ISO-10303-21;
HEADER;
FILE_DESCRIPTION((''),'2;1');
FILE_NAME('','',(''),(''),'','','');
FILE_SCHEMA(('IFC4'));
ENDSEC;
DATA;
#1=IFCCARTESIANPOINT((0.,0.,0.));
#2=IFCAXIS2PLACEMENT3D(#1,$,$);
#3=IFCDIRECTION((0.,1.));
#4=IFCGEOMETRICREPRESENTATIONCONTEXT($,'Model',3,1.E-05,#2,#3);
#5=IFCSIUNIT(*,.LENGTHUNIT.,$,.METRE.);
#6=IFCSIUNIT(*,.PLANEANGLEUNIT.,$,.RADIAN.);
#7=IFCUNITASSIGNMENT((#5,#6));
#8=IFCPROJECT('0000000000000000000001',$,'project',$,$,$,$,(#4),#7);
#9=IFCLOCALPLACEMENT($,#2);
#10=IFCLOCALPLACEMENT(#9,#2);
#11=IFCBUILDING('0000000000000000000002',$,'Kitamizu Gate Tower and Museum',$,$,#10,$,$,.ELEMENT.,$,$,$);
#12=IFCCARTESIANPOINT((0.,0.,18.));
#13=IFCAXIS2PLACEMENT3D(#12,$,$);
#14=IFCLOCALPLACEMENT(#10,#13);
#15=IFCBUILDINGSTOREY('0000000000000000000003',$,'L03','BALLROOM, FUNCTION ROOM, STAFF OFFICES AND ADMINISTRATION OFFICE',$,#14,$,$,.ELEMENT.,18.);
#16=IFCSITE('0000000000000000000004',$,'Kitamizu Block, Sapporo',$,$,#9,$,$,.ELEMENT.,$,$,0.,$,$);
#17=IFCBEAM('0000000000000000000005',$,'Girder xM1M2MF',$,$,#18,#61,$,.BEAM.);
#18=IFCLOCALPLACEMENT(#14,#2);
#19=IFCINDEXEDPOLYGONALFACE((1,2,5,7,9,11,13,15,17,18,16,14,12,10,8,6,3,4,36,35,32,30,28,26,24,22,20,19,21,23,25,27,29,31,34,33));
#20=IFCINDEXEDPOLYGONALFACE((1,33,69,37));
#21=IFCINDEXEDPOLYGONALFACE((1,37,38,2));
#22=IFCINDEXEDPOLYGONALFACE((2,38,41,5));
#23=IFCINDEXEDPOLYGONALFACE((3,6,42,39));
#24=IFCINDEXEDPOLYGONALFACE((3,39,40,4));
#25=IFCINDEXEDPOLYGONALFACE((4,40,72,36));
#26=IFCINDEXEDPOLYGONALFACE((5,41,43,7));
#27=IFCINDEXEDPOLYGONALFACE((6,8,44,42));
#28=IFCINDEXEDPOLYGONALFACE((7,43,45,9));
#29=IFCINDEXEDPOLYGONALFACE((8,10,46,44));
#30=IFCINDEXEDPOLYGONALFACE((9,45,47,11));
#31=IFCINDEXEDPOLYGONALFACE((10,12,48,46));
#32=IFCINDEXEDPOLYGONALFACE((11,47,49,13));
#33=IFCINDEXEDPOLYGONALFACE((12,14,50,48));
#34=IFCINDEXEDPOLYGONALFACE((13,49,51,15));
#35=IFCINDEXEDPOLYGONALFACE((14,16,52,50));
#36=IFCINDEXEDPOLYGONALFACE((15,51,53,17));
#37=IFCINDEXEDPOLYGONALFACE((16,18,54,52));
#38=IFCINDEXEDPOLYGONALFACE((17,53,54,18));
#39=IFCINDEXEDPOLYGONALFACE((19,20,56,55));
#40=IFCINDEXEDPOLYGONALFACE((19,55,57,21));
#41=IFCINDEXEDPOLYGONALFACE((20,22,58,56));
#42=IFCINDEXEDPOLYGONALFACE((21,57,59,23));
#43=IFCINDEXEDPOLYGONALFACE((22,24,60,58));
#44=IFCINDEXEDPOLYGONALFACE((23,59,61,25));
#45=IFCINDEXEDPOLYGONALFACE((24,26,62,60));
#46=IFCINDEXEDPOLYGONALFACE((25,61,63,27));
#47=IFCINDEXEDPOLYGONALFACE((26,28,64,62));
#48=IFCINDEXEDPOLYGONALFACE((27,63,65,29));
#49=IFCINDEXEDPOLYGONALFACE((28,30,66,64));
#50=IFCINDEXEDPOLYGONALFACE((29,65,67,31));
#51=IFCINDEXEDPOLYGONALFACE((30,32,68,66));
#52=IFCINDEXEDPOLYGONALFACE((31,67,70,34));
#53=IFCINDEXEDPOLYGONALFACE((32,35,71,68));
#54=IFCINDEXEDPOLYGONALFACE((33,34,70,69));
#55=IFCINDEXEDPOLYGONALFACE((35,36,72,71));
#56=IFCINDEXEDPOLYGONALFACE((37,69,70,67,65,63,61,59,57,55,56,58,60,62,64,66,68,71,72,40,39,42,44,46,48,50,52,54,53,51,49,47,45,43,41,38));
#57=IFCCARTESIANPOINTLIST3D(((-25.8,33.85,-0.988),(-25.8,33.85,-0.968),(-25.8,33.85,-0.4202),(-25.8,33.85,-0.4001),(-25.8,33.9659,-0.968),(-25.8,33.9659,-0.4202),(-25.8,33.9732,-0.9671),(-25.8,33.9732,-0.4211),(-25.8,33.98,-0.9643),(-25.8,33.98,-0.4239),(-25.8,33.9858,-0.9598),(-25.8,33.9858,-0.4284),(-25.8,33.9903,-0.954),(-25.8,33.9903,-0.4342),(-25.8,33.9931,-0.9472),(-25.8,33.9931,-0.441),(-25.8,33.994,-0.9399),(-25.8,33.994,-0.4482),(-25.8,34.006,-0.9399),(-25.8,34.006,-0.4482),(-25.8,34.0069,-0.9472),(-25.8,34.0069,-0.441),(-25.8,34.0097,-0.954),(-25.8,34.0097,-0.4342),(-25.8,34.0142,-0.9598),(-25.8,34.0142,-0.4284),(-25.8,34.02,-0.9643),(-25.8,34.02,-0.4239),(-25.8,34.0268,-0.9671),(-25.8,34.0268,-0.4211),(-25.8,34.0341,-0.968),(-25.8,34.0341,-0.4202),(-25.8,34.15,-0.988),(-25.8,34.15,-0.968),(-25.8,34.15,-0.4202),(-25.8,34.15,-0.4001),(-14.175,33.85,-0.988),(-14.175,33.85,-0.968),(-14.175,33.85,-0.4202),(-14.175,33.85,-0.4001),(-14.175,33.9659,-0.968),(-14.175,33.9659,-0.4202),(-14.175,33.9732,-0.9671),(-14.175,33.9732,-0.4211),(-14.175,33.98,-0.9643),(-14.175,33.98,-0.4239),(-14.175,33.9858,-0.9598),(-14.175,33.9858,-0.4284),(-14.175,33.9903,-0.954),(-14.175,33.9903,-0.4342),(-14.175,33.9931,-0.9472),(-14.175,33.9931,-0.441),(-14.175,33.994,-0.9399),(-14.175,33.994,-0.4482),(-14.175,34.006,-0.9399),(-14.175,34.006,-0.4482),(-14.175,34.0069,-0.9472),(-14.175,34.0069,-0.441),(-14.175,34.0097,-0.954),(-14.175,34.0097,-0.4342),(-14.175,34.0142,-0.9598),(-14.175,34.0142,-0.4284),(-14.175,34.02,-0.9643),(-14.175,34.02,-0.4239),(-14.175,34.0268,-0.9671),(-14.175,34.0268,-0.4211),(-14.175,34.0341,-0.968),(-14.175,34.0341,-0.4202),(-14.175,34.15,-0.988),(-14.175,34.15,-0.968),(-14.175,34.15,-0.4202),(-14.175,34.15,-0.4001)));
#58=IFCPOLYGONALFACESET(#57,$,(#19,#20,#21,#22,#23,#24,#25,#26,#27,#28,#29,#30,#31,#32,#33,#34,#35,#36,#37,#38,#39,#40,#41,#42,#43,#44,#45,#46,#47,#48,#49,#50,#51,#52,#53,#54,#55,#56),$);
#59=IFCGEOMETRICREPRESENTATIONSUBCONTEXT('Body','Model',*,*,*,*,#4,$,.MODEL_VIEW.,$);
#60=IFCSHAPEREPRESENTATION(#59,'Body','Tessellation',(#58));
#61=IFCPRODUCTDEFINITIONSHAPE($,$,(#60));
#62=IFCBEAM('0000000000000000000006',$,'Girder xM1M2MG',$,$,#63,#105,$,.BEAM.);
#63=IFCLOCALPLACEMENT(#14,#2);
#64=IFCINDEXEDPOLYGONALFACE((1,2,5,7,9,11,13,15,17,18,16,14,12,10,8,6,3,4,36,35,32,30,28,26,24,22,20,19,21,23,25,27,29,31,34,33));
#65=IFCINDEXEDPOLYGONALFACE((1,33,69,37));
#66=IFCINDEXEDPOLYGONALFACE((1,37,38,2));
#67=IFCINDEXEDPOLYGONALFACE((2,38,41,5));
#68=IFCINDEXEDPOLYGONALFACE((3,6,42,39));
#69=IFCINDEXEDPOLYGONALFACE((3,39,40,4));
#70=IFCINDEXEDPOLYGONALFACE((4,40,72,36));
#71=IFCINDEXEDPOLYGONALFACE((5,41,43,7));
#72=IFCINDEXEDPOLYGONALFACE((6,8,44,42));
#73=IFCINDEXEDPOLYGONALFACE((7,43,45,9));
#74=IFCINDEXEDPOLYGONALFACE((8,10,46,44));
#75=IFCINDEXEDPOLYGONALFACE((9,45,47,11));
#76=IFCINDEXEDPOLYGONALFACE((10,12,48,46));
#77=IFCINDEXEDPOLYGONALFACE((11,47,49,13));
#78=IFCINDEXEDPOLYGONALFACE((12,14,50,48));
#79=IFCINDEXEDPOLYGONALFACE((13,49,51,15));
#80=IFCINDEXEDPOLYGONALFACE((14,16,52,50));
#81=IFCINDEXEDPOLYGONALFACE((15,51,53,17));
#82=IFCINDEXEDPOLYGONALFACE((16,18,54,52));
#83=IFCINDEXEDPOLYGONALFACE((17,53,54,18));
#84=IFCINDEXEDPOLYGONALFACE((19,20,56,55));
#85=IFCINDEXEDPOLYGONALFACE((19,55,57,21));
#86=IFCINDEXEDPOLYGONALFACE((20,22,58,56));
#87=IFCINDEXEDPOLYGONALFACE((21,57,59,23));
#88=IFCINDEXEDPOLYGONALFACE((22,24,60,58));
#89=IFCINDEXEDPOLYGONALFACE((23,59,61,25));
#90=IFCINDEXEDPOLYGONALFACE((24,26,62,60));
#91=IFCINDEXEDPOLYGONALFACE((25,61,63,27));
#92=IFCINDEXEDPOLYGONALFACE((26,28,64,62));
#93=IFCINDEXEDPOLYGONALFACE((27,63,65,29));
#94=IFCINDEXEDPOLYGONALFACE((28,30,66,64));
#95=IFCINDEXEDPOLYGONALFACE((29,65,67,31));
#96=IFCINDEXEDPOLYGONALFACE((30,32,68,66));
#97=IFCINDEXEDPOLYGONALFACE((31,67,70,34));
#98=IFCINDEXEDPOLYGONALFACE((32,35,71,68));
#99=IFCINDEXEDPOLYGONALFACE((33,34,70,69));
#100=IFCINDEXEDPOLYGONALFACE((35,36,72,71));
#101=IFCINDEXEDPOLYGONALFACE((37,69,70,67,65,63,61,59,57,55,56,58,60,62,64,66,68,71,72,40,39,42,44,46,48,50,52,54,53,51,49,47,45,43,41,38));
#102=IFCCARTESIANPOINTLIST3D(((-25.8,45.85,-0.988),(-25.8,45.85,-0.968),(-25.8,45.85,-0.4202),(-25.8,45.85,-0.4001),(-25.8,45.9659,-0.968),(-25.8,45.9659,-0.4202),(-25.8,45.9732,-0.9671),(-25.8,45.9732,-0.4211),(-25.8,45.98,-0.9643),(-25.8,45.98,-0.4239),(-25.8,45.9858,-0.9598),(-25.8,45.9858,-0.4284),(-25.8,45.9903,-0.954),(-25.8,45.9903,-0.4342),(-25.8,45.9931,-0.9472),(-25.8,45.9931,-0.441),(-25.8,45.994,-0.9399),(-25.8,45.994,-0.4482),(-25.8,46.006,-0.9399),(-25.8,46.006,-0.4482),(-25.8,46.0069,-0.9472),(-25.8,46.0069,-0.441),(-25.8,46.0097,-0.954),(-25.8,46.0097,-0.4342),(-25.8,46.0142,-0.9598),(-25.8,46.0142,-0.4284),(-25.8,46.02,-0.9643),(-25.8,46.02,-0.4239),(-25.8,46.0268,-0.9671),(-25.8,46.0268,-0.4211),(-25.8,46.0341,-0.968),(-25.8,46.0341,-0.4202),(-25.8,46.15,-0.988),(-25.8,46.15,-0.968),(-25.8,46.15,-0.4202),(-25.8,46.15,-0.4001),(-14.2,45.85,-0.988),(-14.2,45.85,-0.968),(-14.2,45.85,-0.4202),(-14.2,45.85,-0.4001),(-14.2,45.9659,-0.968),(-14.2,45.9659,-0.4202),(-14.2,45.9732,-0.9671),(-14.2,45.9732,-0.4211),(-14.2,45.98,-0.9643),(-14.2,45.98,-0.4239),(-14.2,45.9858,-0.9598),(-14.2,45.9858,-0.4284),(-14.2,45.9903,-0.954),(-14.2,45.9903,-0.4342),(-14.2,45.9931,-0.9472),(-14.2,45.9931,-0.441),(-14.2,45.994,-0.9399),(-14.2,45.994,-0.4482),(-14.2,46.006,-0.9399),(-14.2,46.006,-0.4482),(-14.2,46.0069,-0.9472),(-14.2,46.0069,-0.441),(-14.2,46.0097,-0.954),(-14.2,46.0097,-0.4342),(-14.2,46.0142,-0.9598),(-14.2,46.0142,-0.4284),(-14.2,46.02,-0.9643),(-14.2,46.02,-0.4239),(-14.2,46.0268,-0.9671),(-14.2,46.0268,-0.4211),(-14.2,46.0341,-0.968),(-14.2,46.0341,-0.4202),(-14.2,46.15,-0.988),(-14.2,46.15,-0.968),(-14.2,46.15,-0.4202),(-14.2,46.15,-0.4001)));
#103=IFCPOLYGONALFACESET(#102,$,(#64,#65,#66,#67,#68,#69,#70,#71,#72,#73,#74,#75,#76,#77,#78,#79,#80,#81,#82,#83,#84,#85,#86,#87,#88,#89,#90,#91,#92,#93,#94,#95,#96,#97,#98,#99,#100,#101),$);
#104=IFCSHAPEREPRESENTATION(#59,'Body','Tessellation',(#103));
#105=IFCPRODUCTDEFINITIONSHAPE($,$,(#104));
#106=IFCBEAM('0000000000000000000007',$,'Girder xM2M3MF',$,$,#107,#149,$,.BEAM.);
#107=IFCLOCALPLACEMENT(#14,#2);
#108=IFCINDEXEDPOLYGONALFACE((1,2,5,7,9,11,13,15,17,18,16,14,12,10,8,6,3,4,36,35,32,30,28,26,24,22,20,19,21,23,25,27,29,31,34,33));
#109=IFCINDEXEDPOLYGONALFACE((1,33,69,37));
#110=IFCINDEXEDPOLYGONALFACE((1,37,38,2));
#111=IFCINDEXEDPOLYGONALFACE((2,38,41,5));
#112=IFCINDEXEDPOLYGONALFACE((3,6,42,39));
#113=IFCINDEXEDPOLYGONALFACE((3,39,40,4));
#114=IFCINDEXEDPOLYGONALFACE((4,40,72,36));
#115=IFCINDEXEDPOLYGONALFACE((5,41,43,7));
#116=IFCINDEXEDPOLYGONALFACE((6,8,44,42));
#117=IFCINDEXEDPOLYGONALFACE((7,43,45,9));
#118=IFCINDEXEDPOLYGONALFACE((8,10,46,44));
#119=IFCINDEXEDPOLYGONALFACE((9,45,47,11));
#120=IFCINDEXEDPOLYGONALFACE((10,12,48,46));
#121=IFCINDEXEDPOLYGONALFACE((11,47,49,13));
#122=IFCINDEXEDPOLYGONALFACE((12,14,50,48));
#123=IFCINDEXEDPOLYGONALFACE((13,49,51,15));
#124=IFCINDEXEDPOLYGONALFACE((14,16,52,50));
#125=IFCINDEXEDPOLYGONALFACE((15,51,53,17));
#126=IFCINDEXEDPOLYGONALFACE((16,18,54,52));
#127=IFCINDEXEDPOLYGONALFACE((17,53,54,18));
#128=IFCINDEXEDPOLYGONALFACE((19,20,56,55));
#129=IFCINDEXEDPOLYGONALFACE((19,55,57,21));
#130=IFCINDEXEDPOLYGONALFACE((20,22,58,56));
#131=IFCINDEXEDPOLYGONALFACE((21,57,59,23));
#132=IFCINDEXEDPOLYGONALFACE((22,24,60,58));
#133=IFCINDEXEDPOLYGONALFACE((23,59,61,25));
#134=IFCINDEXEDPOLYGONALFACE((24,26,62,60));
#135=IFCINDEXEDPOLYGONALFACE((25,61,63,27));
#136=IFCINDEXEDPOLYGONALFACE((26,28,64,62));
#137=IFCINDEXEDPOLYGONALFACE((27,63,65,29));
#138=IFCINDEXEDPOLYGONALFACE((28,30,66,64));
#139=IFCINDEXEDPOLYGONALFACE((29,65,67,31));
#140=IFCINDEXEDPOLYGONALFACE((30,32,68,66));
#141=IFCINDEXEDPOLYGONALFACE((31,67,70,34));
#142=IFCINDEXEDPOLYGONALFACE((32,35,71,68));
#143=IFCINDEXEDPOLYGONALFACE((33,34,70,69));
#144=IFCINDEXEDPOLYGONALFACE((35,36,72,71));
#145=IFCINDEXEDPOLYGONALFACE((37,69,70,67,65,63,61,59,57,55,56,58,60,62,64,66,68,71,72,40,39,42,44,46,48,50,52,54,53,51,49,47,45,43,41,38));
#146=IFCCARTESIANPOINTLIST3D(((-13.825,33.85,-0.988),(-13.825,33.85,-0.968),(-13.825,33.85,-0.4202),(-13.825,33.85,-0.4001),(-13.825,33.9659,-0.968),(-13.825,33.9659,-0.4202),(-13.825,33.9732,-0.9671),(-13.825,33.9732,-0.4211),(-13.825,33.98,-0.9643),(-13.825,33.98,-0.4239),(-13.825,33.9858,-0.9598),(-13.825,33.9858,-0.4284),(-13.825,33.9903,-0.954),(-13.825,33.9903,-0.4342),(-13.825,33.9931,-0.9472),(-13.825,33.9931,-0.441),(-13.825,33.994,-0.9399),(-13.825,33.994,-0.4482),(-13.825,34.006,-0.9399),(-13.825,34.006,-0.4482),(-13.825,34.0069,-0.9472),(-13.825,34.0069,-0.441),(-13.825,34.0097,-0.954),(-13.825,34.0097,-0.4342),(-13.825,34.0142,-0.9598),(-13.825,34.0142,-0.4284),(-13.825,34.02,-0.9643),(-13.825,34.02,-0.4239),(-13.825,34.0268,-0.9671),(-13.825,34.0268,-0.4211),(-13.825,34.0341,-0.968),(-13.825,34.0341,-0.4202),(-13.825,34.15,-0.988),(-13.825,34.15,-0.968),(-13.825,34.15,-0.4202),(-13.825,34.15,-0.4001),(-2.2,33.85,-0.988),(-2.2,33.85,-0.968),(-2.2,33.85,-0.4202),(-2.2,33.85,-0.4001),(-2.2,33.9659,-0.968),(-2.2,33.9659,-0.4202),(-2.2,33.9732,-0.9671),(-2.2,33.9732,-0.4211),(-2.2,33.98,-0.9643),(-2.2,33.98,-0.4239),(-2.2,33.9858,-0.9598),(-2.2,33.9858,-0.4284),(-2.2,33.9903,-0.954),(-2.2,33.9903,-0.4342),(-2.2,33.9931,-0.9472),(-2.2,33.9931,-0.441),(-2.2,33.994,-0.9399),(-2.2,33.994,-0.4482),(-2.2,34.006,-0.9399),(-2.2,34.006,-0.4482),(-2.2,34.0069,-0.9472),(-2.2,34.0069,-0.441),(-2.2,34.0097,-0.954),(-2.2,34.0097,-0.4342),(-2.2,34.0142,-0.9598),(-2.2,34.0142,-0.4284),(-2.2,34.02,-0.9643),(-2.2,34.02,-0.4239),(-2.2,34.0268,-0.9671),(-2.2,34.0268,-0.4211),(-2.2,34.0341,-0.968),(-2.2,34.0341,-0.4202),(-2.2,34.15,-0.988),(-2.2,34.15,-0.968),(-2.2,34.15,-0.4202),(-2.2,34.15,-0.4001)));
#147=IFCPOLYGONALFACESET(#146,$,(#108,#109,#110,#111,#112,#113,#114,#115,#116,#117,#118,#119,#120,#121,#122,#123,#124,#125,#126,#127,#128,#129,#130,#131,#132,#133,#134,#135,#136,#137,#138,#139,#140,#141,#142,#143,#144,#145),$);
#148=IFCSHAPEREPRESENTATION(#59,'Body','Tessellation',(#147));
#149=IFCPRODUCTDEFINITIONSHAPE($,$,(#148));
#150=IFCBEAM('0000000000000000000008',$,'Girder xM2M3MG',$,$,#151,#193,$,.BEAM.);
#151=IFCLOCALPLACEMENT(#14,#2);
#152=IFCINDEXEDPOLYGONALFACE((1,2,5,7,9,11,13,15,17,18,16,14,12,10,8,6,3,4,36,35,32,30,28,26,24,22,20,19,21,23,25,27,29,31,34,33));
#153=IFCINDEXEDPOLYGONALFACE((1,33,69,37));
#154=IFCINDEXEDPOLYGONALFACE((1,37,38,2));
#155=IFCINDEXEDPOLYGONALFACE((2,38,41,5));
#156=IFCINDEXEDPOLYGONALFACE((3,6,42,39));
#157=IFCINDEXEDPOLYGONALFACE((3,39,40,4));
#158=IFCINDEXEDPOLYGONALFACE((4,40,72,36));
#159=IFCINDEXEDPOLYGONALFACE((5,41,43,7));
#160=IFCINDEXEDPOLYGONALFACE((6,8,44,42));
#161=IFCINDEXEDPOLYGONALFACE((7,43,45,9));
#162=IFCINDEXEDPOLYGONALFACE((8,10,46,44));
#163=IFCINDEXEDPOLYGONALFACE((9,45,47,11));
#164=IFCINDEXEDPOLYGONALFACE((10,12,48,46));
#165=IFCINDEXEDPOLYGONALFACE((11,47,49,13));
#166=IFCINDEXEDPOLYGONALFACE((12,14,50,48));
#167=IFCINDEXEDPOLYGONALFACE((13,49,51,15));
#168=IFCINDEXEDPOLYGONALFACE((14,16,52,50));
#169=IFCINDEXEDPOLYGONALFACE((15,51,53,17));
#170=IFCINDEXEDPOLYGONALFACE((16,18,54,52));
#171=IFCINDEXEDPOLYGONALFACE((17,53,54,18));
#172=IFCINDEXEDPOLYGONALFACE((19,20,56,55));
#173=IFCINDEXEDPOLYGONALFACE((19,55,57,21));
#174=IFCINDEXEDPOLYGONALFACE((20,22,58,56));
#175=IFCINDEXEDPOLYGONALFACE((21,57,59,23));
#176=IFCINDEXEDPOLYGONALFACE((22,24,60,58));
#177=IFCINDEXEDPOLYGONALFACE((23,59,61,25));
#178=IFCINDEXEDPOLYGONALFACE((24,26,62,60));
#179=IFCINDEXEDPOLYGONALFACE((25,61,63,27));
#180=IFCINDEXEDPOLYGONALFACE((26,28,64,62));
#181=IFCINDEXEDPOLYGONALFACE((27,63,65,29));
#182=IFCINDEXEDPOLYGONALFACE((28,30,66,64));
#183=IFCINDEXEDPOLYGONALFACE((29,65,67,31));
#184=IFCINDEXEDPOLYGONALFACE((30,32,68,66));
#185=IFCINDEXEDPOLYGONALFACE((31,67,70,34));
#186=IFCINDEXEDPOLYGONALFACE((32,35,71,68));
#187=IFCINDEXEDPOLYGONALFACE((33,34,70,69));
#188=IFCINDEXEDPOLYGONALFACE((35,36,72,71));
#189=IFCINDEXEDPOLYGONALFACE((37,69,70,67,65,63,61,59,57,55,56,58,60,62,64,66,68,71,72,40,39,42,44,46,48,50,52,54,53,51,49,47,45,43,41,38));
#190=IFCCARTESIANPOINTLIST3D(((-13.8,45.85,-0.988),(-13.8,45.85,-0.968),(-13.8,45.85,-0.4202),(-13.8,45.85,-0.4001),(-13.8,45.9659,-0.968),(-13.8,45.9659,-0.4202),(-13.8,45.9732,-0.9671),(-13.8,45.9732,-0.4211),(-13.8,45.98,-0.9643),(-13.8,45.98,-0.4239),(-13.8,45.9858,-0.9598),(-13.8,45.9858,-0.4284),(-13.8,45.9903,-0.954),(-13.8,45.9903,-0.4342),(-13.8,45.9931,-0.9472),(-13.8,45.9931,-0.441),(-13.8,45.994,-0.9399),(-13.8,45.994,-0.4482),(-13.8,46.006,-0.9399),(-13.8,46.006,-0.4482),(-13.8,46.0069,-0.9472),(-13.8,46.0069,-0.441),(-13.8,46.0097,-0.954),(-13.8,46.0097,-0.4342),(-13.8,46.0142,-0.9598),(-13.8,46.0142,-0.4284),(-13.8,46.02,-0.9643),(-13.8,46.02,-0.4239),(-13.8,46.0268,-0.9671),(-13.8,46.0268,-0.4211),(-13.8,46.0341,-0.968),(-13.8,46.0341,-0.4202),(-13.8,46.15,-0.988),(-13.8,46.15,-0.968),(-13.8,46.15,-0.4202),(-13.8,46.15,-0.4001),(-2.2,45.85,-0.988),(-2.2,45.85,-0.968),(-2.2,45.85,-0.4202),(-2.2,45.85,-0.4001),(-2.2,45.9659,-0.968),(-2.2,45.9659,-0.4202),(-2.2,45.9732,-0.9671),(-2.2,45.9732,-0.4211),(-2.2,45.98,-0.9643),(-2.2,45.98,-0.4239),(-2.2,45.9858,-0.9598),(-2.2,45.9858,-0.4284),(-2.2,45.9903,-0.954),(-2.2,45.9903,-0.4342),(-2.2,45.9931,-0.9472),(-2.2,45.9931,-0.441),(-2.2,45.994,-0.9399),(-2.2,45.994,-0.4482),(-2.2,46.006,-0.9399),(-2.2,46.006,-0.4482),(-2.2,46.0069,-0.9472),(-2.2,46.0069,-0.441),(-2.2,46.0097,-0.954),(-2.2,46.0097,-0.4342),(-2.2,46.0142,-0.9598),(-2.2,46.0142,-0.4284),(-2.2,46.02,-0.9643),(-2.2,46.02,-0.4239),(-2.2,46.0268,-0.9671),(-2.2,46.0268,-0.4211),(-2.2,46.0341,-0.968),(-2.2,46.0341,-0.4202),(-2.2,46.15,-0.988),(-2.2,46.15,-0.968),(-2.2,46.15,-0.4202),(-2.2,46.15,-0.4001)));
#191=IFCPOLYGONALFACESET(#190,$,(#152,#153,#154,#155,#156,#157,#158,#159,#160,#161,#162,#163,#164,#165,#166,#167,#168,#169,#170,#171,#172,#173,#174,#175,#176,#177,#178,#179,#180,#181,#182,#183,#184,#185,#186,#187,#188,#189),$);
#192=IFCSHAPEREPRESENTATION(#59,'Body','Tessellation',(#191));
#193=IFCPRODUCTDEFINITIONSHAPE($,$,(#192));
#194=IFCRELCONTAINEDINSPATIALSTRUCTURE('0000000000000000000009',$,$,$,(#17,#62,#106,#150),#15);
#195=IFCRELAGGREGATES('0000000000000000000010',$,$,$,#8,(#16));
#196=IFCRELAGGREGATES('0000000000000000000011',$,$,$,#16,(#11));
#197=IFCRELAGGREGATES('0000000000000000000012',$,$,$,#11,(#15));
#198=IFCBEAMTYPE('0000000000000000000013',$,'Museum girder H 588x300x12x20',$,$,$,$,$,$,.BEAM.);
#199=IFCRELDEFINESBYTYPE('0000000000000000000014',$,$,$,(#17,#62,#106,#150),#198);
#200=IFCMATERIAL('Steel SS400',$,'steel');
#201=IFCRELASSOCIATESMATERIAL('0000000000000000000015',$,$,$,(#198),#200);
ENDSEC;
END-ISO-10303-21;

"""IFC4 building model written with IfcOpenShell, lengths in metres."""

from ifc_helpers import new_model, si_unit, direction, frame, origin, origin_2d, place, context, subcontext, project, spatial, i_section, extrude, material, material_profile, profile_set, type_object, element, save


model = new_model("IFC4")

# Units and contexts
model_context = context("Model", 3, precision=1e-05, world=origin(), true_north=direction((0.0, 1.0)))
body_context = subcontext(model_context, "Body", "Model", "MODEL_VIEW")
ifc_project = project(units=[si_unit("LENGTHUNIT", "METRE"), si_unit("PLANEANGLEUNIT", "RADIAN")], contexts=[model_context])

# Site, building, storey
site_placement = place(None, origin())
site = spatial("IfcSite", under=ifc_project, at=site_placement, Name="Kitamizu Block, Sapporo", CompositionType="ELEMENT", RefElevation=0.0)
building_placement = place(site_placement, origin())
building = spatial("IfcBuilding", under=site, at=building_placement, Name="Kitamizu Gate Tower and Museum", CompositionType="ELEMENT")
storey_placement = place(building_placement, frame((0.0, 0.0, 18.0)))
storey = spatial("IfcBuildingStorey", under=building, at=storey_placement, Name="L03", Description="BALLROOM, FUNCTION ROOM, STAFF OFFICES AND ADMINISTRATION OFFICE", CompositionType="ELEMENT", Elevation=18.0)

# Beams
ifc_material_1 = material(Name="Steel SS400", Category="steel")
ifc_material_profile_1 = material_profile(ifc_material_1, i_section(OverallWidth=0.3, OverallDepth=0.5879, WebThickness=0.012, FlangeThickness=0.02, FilletRadius=0.0281, at=origin_2d()), Name="H-588x300x12x20")
ifc_profile_set_1 = profile_set([ifc_material_profile_1], Name="Steel SS400")
beam_type_1 = type_object("IfcBeamType", Name="Museum girder H 588x300x12x20", PredefinedType="BEAM", material=ifc_profile_set_1)
beam_1_placement = place(storey_placement, frame((-25.8, 34.0, -0.6941), z_axis=(1.0, 0.0, 0.0), x_axis=(0.0, 1.0, 0.0)))
element("IfcBeam", 1, at=beam_1_placement, inside=storey, type_object=beam_type_1, Name="Girder xM1M2MF", PredefinedType="BEAM", context=body_context, shape_type="SweptSolid", body=[
    extrude(i_section(OverallWidth=0.3, OverallDepth=0.5879, WebThickness=0.012, FlangeThickness=0.02, FilletRadius=0.0281, at=origin_2d()), origin(), (0.0, 0.0, 1.0), 11.625),
])
beam_2_placement = place(storey_placement, frame((-25.8, 46.0, -0.6941), z_axis=(1.0, 0.0, 0.0), x_axis=(0.0, 1.0, 0.0)))
element("IfcBeam", 2, at=beam_2_placement, inside=storey, type_object=beam_type_1, Name="Girder xM1M2MG", PredefinedType="BEAM", context=body_context, shape_type="SweptSolid", body=[
    extrude(i_section(OverallWidth=0.3, OverallDepth=0.5879, WebThickness=0.012, FlangeThickness=0.02, FilletRadius=0.0281, at=origin_2d()), origin(), (0.0, 0.0, 1.0), 11.6001),
])
beam_3_placement = place(storey_placement, frame((-13.825, 34.0, -0.6941), z_axis=(1.0, 0.0, 0.0), x_axis=(0.0, 1.0, 0.0)))
element("IfcBeam", 3, at=beam_3_placement, inside=storey, type_object=beam_type_1, Name="Girder xM2M3MF", PredefinedType="BEAM", context=body_context, shape_type="SweptSolid", body=[
    extrude(i_section(OverallWidth=0.3, OverallDepth=0.5879, WebThickness=0.012, FlangeThickness=0.02, FilletRadius=0.0281, at=origin_2d()), origin(), (0.0, 0.0, 1.0), 11.625),
])
for number, where, z_axis, x_axis, name in (
    (4, (-13.8, 46.0, -0.6941), (1.0, 0.0, 0.0), (0.0, 1.0, 0.0), "Girder xM2M3MG"),
):
    element("IfcBeam", number, at=place(storey_placement, frame(where, z_axis=z_axis, x_axis=x_axis)), inside=storey, type_object=beam_type_1, Name=name, PredefinedType="BEAM", context=body_context, shape_type="SweptSolid", body=[
        extrude(i_section(OverallWidth=0.3, OverallDepth=0.5879, WebThickness=0.012, FlangeThickness=0.02, FilletRadius=0.0281, at=origin_2d()), origin(), (0.0, 0.0, 1.0), 11.6001),
    ])

save(model, "model.ifc")
